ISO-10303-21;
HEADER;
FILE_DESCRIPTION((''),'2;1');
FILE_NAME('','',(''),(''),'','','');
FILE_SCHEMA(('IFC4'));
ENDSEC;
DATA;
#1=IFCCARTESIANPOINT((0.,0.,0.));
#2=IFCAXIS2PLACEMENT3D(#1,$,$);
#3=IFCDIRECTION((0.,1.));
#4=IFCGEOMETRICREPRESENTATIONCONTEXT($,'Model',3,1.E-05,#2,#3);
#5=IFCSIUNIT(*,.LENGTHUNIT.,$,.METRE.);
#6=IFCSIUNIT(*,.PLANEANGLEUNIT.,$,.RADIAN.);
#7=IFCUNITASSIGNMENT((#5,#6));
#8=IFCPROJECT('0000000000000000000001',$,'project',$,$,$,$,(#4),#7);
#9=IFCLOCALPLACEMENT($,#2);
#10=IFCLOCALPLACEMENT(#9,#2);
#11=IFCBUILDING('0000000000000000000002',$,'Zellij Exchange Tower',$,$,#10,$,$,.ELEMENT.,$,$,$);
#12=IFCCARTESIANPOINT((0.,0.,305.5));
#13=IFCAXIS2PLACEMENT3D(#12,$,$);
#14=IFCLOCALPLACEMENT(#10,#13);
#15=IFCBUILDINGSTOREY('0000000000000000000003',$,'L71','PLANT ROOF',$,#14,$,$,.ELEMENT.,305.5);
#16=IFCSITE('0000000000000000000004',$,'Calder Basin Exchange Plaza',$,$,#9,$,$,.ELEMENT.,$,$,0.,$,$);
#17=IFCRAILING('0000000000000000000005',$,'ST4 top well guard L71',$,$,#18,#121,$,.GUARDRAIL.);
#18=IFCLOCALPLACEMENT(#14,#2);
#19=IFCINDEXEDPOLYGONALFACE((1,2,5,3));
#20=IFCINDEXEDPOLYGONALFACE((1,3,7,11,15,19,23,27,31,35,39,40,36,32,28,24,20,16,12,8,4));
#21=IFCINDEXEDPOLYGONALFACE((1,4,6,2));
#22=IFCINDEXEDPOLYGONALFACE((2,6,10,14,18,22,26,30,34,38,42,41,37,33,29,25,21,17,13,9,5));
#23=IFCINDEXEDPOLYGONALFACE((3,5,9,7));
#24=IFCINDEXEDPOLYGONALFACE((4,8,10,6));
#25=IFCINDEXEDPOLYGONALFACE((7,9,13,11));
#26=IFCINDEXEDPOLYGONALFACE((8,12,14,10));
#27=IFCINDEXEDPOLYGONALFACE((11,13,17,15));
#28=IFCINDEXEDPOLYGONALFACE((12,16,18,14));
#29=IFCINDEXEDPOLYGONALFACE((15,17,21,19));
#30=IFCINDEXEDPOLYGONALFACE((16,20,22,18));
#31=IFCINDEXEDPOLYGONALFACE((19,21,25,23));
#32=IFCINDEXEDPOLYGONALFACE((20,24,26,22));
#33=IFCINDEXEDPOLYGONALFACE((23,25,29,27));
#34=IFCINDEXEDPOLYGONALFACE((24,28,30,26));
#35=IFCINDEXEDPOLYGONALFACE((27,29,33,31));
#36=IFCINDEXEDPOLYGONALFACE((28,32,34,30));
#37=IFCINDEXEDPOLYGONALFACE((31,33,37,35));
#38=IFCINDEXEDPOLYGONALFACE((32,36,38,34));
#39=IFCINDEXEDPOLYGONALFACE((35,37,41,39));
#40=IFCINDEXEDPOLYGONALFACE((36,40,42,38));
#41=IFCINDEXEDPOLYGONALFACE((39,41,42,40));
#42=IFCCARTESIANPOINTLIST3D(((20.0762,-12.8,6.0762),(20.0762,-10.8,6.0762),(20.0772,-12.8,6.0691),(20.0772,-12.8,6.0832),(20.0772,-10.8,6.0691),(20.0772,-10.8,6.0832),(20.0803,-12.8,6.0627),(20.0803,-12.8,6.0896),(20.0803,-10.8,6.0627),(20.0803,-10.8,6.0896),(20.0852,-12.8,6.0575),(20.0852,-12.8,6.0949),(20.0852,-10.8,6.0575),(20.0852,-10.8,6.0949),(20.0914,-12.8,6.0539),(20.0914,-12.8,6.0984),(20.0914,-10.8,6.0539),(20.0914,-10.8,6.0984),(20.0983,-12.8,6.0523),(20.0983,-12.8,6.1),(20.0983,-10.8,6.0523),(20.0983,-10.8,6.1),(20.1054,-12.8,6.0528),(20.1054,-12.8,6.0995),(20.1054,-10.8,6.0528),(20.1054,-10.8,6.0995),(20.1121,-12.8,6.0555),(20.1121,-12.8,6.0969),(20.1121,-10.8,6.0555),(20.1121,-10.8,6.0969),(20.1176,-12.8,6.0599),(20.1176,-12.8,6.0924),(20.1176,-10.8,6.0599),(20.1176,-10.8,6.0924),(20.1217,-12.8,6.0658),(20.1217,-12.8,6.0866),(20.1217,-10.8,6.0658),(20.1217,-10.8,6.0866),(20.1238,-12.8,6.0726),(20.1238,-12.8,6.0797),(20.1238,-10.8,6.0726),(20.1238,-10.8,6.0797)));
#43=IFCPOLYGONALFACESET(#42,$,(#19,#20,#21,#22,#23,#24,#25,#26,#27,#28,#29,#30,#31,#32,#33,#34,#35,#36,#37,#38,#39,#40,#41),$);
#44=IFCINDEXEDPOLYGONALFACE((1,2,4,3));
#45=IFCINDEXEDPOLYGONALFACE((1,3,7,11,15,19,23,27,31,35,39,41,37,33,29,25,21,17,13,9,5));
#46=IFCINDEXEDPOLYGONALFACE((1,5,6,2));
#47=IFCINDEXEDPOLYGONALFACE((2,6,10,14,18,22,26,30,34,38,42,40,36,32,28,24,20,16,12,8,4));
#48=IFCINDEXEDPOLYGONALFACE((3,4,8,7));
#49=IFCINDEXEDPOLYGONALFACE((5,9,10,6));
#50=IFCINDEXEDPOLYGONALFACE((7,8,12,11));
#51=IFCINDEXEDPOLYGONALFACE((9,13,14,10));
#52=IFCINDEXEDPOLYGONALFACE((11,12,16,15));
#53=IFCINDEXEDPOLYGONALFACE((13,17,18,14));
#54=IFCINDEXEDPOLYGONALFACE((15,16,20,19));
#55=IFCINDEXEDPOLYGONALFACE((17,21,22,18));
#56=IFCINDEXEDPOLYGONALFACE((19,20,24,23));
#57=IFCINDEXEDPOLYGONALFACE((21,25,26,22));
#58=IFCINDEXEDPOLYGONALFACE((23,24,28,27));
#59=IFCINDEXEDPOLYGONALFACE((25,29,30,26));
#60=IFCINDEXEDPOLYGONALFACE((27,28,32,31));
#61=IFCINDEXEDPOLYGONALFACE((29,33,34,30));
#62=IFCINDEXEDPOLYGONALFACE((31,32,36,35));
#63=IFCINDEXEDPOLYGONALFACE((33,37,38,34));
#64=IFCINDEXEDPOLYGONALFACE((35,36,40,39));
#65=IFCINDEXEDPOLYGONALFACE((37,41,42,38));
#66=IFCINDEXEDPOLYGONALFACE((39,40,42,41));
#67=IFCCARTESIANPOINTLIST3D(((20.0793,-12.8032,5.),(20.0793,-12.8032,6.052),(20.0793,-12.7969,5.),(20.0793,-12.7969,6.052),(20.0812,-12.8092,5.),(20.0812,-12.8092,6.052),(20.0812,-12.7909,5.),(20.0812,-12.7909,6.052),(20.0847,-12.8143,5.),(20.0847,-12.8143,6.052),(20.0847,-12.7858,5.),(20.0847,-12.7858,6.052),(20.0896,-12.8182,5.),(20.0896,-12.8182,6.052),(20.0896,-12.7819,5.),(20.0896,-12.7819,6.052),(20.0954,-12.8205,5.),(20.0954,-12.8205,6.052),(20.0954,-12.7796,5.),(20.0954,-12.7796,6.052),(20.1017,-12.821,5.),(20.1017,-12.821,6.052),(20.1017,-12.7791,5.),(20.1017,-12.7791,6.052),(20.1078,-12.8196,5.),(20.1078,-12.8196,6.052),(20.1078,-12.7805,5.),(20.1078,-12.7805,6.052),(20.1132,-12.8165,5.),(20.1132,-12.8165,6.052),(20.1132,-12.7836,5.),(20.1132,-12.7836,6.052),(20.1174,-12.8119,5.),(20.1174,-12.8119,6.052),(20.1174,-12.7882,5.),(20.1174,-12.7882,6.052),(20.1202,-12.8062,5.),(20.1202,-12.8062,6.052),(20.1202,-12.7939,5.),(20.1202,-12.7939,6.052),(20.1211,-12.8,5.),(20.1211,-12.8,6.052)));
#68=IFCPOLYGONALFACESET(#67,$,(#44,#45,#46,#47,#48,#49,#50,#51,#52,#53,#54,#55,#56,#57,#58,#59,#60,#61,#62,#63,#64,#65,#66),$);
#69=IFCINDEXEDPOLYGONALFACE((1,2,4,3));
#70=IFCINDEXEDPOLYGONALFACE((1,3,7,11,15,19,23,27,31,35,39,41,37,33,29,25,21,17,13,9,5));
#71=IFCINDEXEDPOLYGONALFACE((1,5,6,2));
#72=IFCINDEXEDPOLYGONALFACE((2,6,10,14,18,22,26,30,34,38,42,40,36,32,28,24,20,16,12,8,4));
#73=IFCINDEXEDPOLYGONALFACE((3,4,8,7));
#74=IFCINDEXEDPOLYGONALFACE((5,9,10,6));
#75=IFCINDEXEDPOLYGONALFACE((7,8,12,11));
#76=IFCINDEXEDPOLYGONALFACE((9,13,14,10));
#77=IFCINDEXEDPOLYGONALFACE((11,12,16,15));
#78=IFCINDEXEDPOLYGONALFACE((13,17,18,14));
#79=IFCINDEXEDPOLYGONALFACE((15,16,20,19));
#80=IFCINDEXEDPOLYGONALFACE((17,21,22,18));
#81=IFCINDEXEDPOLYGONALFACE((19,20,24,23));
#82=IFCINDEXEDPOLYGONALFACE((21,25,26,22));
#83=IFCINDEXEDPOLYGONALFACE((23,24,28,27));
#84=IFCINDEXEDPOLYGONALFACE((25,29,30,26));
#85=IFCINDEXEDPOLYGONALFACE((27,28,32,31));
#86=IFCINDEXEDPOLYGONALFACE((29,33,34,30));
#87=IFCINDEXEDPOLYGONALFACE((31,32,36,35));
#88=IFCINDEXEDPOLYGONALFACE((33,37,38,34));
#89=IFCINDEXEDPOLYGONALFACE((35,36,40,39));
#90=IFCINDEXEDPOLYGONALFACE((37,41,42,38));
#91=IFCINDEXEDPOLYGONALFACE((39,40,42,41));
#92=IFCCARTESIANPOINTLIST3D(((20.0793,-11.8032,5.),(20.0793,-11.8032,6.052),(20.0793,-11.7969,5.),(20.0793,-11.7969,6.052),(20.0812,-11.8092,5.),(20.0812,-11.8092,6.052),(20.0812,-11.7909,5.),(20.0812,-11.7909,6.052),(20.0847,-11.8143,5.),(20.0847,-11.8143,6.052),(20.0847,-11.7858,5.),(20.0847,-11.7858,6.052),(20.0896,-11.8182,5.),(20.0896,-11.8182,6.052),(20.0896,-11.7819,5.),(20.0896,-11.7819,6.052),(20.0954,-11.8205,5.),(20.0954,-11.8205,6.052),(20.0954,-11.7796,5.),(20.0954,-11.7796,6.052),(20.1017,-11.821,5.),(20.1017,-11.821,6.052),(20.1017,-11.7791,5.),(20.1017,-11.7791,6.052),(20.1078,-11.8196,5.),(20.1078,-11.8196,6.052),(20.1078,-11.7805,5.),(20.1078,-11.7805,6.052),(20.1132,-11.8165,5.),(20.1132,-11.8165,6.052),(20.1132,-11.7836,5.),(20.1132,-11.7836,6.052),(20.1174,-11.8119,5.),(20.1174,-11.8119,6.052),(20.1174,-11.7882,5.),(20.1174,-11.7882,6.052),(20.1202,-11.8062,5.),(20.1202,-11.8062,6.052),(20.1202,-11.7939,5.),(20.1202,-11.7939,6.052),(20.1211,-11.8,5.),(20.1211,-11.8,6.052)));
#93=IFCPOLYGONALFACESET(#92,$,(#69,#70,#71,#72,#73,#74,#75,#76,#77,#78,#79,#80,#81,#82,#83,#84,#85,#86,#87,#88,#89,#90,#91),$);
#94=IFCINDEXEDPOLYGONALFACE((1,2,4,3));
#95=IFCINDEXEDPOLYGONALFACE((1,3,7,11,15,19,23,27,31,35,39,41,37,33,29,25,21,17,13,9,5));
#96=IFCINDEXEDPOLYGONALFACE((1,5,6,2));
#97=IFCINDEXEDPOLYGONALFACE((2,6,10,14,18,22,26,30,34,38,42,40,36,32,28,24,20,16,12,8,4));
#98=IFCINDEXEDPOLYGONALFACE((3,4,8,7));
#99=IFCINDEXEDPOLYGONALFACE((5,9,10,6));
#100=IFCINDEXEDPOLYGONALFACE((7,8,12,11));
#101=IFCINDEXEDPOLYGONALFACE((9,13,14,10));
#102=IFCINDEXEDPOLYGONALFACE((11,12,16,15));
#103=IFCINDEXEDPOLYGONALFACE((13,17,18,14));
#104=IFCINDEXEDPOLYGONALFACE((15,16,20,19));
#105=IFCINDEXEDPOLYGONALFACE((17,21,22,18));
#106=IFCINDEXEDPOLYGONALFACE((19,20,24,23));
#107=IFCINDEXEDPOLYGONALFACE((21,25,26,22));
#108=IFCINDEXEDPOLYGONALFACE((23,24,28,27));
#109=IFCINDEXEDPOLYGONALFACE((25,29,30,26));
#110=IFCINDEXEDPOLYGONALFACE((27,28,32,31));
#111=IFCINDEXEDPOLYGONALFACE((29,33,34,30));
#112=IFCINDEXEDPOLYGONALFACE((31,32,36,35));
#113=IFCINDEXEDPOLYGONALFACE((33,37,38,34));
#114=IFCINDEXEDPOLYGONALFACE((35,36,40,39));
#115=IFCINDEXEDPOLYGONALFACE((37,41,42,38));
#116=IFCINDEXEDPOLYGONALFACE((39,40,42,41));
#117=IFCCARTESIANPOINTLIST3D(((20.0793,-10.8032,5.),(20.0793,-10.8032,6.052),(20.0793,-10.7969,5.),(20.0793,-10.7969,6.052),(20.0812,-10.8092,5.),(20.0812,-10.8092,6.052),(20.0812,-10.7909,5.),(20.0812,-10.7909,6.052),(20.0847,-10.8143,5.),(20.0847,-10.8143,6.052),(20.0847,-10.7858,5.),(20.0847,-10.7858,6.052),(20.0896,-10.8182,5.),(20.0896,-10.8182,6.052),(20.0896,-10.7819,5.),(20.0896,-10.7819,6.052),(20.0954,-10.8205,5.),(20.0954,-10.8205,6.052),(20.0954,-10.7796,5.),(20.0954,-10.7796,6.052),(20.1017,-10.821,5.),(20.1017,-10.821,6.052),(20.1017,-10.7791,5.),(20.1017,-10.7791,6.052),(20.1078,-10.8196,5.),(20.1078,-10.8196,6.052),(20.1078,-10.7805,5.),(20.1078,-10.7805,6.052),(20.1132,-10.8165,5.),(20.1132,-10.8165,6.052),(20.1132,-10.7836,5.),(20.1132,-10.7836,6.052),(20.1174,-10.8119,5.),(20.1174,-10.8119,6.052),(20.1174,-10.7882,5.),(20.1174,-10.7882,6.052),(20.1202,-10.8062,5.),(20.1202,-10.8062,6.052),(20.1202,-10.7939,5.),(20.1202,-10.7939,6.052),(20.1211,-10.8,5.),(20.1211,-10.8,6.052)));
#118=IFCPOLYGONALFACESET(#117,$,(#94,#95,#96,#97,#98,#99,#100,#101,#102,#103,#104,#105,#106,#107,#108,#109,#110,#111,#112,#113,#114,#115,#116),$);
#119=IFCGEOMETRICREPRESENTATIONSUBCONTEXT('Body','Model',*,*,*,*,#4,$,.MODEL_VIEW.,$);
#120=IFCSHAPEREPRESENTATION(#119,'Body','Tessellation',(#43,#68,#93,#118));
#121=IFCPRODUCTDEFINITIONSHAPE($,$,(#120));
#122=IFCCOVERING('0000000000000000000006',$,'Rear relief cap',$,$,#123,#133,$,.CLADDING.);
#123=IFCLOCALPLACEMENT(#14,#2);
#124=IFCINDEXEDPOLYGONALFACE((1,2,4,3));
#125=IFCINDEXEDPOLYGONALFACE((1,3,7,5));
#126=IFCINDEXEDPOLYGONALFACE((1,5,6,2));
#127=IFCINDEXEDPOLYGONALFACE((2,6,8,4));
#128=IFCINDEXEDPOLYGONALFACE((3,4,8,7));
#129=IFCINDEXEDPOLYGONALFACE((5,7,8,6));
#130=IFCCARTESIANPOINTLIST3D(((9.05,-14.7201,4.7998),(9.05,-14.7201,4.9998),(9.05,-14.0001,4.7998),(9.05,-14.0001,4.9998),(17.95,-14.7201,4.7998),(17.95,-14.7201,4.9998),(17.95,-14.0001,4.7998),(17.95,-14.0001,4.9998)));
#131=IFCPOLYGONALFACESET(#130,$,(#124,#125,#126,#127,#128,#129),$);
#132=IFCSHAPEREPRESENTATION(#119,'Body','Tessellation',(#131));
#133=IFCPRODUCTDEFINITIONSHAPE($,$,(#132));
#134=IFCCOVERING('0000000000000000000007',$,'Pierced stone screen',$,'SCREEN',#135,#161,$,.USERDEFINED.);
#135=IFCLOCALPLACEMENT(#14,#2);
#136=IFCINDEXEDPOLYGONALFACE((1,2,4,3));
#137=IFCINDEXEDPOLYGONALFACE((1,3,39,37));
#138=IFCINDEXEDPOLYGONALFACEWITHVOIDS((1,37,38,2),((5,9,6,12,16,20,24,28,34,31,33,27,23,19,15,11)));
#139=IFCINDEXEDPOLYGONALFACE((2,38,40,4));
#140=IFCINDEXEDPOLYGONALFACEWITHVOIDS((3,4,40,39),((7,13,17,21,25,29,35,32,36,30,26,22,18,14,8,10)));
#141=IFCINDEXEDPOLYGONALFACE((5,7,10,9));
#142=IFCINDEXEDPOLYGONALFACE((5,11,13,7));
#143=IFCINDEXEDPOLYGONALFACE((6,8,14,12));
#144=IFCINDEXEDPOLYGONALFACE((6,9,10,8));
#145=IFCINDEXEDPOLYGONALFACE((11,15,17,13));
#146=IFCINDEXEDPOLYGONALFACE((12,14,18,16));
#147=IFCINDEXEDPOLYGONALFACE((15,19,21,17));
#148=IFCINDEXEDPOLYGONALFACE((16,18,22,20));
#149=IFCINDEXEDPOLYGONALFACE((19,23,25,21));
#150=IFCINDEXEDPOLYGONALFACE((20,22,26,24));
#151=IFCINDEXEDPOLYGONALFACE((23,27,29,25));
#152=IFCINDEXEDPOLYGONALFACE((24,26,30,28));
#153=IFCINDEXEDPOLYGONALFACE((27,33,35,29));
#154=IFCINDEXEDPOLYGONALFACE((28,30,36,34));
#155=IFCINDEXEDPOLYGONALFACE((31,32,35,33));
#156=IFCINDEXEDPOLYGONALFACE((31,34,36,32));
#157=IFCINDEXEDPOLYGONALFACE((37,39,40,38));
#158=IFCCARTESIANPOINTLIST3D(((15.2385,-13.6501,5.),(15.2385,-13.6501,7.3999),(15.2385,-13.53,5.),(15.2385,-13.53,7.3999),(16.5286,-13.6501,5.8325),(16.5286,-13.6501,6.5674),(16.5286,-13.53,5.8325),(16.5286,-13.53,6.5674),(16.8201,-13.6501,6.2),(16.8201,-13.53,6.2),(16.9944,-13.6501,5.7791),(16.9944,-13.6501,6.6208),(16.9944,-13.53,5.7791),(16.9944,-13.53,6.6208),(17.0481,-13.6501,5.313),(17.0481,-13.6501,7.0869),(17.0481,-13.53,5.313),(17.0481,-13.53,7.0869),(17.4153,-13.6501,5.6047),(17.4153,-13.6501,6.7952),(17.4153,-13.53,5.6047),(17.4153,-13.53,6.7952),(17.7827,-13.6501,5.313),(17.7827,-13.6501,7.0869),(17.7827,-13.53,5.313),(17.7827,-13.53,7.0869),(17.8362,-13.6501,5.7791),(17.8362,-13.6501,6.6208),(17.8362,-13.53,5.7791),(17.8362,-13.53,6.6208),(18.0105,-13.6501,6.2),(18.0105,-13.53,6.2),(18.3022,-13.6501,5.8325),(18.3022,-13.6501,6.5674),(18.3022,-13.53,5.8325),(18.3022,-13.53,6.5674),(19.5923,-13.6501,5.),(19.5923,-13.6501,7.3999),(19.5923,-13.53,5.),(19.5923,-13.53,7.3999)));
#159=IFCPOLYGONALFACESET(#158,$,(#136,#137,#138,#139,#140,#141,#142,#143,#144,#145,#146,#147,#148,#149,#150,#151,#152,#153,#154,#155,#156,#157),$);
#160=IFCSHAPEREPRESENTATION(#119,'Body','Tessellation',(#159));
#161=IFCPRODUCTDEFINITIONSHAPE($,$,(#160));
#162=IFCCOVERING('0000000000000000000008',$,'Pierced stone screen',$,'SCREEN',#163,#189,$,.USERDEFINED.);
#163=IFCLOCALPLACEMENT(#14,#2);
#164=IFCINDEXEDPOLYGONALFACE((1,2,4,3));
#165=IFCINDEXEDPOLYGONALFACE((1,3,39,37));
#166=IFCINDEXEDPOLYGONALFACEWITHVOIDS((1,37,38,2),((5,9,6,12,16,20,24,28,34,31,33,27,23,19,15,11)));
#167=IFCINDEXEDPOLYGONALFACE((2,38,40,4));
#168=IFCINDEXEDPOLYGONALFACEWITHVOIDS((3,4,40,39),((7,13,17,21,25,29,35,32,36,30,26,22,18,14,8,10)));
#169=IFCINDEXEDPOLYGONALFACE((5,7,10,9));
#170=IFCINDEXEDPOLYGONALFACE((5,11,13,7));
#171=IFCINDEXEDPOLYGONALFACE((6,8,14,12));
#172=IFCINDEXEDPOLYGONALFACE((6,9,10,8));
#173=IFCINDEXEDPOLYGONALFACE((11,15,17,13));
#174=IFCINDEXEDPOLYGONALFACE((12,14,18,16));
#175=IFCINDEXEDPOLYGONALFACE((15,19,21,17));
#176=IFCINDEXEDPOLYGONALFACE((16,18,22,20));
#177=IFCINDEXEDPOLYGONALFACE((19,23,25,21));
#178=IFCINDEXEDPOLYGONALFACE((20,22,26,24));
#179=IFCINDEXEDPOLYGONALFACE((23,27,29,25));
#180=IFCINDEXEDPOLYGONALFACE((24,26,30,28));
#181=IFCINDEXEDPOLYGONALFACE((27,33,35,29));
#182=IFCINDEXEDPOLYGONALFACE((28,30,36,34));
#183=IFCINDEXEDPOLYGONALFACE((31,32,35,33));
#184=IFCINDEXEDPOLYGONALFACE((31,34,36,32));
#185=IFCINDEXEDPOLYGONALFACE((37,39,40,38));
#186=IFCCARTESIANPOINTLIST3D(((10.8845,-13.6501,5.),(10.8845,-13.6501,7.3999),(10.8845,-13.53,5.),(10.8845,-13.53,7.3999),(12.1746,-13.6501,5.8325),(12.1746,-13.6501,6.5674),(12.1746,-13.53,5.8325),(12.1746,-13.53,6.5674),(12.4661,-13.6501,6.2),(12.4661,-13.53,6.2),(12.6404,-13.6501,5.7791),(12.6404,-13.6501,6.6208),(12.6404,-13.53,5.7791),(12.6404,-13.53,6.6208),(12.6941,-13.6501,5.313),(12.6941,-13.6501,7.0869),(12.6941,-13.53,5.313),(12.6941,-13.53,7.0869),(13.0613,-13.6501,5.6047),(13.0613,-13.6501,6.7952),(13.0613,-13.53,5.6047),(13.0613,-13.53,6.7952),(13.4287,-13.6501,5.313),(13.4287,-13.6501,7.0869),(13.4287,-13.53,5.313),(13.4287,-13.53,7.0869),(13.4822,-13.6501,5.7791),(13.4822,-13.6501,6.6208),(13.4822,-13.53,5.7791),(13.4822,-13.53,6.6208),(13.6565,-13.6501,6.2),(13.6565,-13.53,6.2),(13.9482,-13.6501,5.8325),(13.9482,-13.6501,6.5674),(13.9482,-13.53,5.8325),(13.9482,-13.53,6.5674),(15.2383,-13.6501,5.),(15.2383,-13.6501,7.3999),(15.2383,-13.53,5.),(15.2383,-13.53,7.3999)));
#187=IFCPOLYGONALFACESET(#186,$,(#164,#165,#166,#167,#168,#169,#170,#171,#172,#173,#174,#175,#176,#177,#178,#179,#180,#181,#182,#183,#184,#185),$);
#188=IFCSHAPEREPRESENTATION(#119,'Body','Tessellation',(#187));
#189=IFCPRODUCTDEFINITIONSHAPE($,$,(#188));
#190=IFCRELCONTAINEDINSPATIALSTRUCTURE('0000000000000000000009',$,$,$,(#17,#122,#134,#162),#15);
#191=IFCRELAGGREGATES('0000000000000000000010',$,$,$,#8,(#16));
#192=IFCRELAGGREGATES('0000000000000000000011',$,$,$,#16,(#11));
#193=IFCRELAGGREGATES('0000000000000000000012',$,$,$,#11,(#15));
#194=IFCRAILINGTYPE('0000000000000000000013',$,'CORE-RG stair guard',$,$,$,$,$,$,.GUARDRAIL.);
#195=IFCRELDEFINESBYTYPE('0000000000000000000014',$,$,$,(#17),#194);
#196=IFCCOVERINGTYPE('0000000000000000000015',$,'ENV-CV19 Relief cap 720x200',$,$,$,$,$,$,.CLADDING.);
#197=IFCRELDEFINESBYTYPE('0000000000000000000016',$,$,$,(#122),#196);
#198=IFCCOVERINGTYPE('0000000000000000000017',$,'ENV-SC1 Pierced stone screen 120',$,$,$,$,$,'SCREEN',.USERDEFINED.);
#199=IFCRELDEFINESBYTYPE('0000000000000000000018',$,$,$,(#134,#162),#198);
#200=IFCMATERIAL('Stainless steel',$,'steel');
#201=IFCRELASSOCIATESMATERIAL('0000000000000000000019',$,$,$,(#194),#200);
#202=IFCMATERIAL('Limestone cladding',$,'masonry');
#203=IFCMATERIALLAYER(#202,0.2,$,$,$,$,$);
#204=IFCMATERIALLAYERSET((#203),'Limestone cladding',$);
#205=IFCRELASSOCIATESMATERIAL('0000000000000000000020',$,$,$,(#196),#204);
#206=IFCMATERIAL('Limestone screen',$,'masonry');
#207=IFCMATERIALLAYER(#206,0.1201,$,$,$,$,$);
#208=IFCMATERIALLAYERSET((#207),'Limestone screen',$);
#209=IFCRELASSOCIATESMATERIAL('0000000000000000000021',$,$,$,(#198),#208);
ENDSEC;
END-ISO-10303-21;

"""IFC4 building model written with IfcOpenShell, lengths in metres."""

from ifc_helpers import new_model, si_unit, direction, frame, origin, origin_2d, place, context, subcontext, project, spatial, polyline, rectangle, circle, outline, extrude, material, layer, layer_set, type_object, element, save


model = new_model("IFC4")

# Units and contexts
model_context = context("Model", 3, precision=1e-05, world=origin(), true_north=direction((0.0, 1.0)))
body_context = subcontext(model_context, "Body", "Model", "MODEL_VIEW")
ifc_project = project(units=[si_unit("LENGTHUNIT", "METRE"), si_unit("PLANEANGLEUNIT", "RADIAN")], contexts=[model_context])

# Site, building, storey
site_placement = place(None, origin())
site = spatial("IfcSite", under=ifc_project, at=site_placement, Name="Calder Basin Exchange Plaza", CompositionType="ELEMENT", RefElevation=0.0)
building_placement = place(site_placement, origin())
building = spatial("IfcBuilding", under=site, at=building_placement, Name="Zellij Exchange Tower", CompositionType="ELEMENT")
storey_placement = place(building_placement, frame((0.0, 0.0, 305.5)))
storey = spatial("IfcBuildingStorey", under=building, at=storey_placement, Name="L71", Description="PLANT ROOF", CompositionType="ELEMENT", Elevation=305.5)

# Railing
ifc_material_1 = material(Name="Stainless steel", Category="steel")
railing_type_1 = type_object("IfcRailingType", Name="CORE-RG stair guard", PredefinedType="GUARDRAIL", material=ifc_material_1)
railing_1_placement = place(storey_placement, frame((20.1001, -12.8, 5.0)))
element("IfcRailing", 1, at=railing_1_placement, inside=storey, type_object=railing_type_1, Name="ST4 top well guard L71", PredefinedType="GUARDRAIL", context=body_context, shape_type="SweptSolid", body=[
    extrude(circle(Radius=0.0239, at=origin_2d()), frame((0.0, 0.0, 1.0762), z_axis=(0.0, 1.0, 0.0), x_axis=(-1.0, 0.0, 0.0)), (0.0, 0.0, 1.0), 2.0),
    extrude(circle(Radius=0.021, at=origin_2d()), origin(), (0.0, 0.0, 1.0), 1.052),
    extrude(circle(Radius=0.021, at=origin_2d()), frame((0.0, 1.0, 0.0)), (0.0, 0.0, 1.0), 1.052),
    extrude(circle(Radius=0.021, at=origin_2d()), frame((0.0, 2.0, 0.0)), (0.0, 0.0, 1.0), 1.052),
])

# Coverings
ifc_material_2 = material(Name="Limestone cladding", Category="masonry")
ifc_layer_1 = layer(ifc_material_2, 0.2)
ifc_layer_set_1 = layer_set([ifc_layer_1], Name="Limestone cladding")
covering_type_1 = type_object("IfcCoveringType", Name="ENV-CV19 Relief cap 720x200", PredefinedType="CLADDING", material=ifc_layer_set_1)
covering_1_placement = place(storey_placement, frame((13.5, -14.3601, 4.7998), z_axis=(0.0, 0.0, 1.0), x_axis=(1.0, 0.0, 0.0)))
element("IfcCovering", 2, at=covering_1_placement, inside=storey, type_object=covering_type_1, Name="Rear relief cap", PredefinedType="CLADDING", context=body_context, shape_type="SweptSolid", body=[
    extrude(rectangle(XDim=8.8999, YDim=0.72, at=origin_2d()), origin(), (0.0, 0.0, 1.0), 0.2),
])
ifc_material_3 = material(Name="Limestone screen", Category="masonry")
ifc_layer_2 = layer(ifc_material_3, 0.1201)
ifc_layer_set_2 = layer_set([ifc_layer_2], Name="Limestone screen")
covering_type_2 = type_object("IfcCoveringType", Name="ENV-SC1 Pierced stone screen 120", ElementType="SCREEN", PredefinedType="USERDEFINED", material=ifc_layer_set_2)
for number, where, z_axis, x_axis, name in (
    (3, (19.5923, -13.5901, 5.0), (0.0, 0.0, 1.0), (-1.0, 0.0, 0.0), "Pierced stone screen"),
    (4, (15.2383, -13.5901, 5.0), (0.0, 0.0, 1.0), (-1.0, 0.0, 0.0), "Pierced stone screen"),
):
    element("IfcCovering", number, at=place(storey_placement, frame(where, z_axis=z_axis, x_axis=x_axis)), inside=storey, type_object=covering_type_2, Name=name, ObjectType="SCREEN", PredefinedType="USERDEFINED", context=body_context, shape_type="SweptSolid", body=[
        extrude(outline(polyline([(0.0, 0.0), (4.3538, 0.0), (4.3538, 2.3999), (0.0, 2.3999), (0.0, 0.0)]), holes=[polyline([(3.0637, 1.5674), (2.5979, 1.6208), (2.5442, 2.0869), (2.177, 1.7952), (1.8096, 2.0869), (1.7561, 1.6208), (1.29, 1.5674), (1.5818, 1.2), (1.29, 0.8325), (1.7561, 0.7791), (1.8096, 0.313), (2.177, 0.6047), (2.5442, 0.313), (2.5979, 0.7791), (3.0637, 0.8325), (2.7722, 1.2), (3.0637, 1.5674)])]), frame((0.0, 0.0601, 0.0), z_axis=(0.0, -1.0, 0.0), x_axis=(1.0, 0.0, 0.0)), (0.0, 0.0, 1.0), 0.1201),
    ])

save(model, "model.ifc")
